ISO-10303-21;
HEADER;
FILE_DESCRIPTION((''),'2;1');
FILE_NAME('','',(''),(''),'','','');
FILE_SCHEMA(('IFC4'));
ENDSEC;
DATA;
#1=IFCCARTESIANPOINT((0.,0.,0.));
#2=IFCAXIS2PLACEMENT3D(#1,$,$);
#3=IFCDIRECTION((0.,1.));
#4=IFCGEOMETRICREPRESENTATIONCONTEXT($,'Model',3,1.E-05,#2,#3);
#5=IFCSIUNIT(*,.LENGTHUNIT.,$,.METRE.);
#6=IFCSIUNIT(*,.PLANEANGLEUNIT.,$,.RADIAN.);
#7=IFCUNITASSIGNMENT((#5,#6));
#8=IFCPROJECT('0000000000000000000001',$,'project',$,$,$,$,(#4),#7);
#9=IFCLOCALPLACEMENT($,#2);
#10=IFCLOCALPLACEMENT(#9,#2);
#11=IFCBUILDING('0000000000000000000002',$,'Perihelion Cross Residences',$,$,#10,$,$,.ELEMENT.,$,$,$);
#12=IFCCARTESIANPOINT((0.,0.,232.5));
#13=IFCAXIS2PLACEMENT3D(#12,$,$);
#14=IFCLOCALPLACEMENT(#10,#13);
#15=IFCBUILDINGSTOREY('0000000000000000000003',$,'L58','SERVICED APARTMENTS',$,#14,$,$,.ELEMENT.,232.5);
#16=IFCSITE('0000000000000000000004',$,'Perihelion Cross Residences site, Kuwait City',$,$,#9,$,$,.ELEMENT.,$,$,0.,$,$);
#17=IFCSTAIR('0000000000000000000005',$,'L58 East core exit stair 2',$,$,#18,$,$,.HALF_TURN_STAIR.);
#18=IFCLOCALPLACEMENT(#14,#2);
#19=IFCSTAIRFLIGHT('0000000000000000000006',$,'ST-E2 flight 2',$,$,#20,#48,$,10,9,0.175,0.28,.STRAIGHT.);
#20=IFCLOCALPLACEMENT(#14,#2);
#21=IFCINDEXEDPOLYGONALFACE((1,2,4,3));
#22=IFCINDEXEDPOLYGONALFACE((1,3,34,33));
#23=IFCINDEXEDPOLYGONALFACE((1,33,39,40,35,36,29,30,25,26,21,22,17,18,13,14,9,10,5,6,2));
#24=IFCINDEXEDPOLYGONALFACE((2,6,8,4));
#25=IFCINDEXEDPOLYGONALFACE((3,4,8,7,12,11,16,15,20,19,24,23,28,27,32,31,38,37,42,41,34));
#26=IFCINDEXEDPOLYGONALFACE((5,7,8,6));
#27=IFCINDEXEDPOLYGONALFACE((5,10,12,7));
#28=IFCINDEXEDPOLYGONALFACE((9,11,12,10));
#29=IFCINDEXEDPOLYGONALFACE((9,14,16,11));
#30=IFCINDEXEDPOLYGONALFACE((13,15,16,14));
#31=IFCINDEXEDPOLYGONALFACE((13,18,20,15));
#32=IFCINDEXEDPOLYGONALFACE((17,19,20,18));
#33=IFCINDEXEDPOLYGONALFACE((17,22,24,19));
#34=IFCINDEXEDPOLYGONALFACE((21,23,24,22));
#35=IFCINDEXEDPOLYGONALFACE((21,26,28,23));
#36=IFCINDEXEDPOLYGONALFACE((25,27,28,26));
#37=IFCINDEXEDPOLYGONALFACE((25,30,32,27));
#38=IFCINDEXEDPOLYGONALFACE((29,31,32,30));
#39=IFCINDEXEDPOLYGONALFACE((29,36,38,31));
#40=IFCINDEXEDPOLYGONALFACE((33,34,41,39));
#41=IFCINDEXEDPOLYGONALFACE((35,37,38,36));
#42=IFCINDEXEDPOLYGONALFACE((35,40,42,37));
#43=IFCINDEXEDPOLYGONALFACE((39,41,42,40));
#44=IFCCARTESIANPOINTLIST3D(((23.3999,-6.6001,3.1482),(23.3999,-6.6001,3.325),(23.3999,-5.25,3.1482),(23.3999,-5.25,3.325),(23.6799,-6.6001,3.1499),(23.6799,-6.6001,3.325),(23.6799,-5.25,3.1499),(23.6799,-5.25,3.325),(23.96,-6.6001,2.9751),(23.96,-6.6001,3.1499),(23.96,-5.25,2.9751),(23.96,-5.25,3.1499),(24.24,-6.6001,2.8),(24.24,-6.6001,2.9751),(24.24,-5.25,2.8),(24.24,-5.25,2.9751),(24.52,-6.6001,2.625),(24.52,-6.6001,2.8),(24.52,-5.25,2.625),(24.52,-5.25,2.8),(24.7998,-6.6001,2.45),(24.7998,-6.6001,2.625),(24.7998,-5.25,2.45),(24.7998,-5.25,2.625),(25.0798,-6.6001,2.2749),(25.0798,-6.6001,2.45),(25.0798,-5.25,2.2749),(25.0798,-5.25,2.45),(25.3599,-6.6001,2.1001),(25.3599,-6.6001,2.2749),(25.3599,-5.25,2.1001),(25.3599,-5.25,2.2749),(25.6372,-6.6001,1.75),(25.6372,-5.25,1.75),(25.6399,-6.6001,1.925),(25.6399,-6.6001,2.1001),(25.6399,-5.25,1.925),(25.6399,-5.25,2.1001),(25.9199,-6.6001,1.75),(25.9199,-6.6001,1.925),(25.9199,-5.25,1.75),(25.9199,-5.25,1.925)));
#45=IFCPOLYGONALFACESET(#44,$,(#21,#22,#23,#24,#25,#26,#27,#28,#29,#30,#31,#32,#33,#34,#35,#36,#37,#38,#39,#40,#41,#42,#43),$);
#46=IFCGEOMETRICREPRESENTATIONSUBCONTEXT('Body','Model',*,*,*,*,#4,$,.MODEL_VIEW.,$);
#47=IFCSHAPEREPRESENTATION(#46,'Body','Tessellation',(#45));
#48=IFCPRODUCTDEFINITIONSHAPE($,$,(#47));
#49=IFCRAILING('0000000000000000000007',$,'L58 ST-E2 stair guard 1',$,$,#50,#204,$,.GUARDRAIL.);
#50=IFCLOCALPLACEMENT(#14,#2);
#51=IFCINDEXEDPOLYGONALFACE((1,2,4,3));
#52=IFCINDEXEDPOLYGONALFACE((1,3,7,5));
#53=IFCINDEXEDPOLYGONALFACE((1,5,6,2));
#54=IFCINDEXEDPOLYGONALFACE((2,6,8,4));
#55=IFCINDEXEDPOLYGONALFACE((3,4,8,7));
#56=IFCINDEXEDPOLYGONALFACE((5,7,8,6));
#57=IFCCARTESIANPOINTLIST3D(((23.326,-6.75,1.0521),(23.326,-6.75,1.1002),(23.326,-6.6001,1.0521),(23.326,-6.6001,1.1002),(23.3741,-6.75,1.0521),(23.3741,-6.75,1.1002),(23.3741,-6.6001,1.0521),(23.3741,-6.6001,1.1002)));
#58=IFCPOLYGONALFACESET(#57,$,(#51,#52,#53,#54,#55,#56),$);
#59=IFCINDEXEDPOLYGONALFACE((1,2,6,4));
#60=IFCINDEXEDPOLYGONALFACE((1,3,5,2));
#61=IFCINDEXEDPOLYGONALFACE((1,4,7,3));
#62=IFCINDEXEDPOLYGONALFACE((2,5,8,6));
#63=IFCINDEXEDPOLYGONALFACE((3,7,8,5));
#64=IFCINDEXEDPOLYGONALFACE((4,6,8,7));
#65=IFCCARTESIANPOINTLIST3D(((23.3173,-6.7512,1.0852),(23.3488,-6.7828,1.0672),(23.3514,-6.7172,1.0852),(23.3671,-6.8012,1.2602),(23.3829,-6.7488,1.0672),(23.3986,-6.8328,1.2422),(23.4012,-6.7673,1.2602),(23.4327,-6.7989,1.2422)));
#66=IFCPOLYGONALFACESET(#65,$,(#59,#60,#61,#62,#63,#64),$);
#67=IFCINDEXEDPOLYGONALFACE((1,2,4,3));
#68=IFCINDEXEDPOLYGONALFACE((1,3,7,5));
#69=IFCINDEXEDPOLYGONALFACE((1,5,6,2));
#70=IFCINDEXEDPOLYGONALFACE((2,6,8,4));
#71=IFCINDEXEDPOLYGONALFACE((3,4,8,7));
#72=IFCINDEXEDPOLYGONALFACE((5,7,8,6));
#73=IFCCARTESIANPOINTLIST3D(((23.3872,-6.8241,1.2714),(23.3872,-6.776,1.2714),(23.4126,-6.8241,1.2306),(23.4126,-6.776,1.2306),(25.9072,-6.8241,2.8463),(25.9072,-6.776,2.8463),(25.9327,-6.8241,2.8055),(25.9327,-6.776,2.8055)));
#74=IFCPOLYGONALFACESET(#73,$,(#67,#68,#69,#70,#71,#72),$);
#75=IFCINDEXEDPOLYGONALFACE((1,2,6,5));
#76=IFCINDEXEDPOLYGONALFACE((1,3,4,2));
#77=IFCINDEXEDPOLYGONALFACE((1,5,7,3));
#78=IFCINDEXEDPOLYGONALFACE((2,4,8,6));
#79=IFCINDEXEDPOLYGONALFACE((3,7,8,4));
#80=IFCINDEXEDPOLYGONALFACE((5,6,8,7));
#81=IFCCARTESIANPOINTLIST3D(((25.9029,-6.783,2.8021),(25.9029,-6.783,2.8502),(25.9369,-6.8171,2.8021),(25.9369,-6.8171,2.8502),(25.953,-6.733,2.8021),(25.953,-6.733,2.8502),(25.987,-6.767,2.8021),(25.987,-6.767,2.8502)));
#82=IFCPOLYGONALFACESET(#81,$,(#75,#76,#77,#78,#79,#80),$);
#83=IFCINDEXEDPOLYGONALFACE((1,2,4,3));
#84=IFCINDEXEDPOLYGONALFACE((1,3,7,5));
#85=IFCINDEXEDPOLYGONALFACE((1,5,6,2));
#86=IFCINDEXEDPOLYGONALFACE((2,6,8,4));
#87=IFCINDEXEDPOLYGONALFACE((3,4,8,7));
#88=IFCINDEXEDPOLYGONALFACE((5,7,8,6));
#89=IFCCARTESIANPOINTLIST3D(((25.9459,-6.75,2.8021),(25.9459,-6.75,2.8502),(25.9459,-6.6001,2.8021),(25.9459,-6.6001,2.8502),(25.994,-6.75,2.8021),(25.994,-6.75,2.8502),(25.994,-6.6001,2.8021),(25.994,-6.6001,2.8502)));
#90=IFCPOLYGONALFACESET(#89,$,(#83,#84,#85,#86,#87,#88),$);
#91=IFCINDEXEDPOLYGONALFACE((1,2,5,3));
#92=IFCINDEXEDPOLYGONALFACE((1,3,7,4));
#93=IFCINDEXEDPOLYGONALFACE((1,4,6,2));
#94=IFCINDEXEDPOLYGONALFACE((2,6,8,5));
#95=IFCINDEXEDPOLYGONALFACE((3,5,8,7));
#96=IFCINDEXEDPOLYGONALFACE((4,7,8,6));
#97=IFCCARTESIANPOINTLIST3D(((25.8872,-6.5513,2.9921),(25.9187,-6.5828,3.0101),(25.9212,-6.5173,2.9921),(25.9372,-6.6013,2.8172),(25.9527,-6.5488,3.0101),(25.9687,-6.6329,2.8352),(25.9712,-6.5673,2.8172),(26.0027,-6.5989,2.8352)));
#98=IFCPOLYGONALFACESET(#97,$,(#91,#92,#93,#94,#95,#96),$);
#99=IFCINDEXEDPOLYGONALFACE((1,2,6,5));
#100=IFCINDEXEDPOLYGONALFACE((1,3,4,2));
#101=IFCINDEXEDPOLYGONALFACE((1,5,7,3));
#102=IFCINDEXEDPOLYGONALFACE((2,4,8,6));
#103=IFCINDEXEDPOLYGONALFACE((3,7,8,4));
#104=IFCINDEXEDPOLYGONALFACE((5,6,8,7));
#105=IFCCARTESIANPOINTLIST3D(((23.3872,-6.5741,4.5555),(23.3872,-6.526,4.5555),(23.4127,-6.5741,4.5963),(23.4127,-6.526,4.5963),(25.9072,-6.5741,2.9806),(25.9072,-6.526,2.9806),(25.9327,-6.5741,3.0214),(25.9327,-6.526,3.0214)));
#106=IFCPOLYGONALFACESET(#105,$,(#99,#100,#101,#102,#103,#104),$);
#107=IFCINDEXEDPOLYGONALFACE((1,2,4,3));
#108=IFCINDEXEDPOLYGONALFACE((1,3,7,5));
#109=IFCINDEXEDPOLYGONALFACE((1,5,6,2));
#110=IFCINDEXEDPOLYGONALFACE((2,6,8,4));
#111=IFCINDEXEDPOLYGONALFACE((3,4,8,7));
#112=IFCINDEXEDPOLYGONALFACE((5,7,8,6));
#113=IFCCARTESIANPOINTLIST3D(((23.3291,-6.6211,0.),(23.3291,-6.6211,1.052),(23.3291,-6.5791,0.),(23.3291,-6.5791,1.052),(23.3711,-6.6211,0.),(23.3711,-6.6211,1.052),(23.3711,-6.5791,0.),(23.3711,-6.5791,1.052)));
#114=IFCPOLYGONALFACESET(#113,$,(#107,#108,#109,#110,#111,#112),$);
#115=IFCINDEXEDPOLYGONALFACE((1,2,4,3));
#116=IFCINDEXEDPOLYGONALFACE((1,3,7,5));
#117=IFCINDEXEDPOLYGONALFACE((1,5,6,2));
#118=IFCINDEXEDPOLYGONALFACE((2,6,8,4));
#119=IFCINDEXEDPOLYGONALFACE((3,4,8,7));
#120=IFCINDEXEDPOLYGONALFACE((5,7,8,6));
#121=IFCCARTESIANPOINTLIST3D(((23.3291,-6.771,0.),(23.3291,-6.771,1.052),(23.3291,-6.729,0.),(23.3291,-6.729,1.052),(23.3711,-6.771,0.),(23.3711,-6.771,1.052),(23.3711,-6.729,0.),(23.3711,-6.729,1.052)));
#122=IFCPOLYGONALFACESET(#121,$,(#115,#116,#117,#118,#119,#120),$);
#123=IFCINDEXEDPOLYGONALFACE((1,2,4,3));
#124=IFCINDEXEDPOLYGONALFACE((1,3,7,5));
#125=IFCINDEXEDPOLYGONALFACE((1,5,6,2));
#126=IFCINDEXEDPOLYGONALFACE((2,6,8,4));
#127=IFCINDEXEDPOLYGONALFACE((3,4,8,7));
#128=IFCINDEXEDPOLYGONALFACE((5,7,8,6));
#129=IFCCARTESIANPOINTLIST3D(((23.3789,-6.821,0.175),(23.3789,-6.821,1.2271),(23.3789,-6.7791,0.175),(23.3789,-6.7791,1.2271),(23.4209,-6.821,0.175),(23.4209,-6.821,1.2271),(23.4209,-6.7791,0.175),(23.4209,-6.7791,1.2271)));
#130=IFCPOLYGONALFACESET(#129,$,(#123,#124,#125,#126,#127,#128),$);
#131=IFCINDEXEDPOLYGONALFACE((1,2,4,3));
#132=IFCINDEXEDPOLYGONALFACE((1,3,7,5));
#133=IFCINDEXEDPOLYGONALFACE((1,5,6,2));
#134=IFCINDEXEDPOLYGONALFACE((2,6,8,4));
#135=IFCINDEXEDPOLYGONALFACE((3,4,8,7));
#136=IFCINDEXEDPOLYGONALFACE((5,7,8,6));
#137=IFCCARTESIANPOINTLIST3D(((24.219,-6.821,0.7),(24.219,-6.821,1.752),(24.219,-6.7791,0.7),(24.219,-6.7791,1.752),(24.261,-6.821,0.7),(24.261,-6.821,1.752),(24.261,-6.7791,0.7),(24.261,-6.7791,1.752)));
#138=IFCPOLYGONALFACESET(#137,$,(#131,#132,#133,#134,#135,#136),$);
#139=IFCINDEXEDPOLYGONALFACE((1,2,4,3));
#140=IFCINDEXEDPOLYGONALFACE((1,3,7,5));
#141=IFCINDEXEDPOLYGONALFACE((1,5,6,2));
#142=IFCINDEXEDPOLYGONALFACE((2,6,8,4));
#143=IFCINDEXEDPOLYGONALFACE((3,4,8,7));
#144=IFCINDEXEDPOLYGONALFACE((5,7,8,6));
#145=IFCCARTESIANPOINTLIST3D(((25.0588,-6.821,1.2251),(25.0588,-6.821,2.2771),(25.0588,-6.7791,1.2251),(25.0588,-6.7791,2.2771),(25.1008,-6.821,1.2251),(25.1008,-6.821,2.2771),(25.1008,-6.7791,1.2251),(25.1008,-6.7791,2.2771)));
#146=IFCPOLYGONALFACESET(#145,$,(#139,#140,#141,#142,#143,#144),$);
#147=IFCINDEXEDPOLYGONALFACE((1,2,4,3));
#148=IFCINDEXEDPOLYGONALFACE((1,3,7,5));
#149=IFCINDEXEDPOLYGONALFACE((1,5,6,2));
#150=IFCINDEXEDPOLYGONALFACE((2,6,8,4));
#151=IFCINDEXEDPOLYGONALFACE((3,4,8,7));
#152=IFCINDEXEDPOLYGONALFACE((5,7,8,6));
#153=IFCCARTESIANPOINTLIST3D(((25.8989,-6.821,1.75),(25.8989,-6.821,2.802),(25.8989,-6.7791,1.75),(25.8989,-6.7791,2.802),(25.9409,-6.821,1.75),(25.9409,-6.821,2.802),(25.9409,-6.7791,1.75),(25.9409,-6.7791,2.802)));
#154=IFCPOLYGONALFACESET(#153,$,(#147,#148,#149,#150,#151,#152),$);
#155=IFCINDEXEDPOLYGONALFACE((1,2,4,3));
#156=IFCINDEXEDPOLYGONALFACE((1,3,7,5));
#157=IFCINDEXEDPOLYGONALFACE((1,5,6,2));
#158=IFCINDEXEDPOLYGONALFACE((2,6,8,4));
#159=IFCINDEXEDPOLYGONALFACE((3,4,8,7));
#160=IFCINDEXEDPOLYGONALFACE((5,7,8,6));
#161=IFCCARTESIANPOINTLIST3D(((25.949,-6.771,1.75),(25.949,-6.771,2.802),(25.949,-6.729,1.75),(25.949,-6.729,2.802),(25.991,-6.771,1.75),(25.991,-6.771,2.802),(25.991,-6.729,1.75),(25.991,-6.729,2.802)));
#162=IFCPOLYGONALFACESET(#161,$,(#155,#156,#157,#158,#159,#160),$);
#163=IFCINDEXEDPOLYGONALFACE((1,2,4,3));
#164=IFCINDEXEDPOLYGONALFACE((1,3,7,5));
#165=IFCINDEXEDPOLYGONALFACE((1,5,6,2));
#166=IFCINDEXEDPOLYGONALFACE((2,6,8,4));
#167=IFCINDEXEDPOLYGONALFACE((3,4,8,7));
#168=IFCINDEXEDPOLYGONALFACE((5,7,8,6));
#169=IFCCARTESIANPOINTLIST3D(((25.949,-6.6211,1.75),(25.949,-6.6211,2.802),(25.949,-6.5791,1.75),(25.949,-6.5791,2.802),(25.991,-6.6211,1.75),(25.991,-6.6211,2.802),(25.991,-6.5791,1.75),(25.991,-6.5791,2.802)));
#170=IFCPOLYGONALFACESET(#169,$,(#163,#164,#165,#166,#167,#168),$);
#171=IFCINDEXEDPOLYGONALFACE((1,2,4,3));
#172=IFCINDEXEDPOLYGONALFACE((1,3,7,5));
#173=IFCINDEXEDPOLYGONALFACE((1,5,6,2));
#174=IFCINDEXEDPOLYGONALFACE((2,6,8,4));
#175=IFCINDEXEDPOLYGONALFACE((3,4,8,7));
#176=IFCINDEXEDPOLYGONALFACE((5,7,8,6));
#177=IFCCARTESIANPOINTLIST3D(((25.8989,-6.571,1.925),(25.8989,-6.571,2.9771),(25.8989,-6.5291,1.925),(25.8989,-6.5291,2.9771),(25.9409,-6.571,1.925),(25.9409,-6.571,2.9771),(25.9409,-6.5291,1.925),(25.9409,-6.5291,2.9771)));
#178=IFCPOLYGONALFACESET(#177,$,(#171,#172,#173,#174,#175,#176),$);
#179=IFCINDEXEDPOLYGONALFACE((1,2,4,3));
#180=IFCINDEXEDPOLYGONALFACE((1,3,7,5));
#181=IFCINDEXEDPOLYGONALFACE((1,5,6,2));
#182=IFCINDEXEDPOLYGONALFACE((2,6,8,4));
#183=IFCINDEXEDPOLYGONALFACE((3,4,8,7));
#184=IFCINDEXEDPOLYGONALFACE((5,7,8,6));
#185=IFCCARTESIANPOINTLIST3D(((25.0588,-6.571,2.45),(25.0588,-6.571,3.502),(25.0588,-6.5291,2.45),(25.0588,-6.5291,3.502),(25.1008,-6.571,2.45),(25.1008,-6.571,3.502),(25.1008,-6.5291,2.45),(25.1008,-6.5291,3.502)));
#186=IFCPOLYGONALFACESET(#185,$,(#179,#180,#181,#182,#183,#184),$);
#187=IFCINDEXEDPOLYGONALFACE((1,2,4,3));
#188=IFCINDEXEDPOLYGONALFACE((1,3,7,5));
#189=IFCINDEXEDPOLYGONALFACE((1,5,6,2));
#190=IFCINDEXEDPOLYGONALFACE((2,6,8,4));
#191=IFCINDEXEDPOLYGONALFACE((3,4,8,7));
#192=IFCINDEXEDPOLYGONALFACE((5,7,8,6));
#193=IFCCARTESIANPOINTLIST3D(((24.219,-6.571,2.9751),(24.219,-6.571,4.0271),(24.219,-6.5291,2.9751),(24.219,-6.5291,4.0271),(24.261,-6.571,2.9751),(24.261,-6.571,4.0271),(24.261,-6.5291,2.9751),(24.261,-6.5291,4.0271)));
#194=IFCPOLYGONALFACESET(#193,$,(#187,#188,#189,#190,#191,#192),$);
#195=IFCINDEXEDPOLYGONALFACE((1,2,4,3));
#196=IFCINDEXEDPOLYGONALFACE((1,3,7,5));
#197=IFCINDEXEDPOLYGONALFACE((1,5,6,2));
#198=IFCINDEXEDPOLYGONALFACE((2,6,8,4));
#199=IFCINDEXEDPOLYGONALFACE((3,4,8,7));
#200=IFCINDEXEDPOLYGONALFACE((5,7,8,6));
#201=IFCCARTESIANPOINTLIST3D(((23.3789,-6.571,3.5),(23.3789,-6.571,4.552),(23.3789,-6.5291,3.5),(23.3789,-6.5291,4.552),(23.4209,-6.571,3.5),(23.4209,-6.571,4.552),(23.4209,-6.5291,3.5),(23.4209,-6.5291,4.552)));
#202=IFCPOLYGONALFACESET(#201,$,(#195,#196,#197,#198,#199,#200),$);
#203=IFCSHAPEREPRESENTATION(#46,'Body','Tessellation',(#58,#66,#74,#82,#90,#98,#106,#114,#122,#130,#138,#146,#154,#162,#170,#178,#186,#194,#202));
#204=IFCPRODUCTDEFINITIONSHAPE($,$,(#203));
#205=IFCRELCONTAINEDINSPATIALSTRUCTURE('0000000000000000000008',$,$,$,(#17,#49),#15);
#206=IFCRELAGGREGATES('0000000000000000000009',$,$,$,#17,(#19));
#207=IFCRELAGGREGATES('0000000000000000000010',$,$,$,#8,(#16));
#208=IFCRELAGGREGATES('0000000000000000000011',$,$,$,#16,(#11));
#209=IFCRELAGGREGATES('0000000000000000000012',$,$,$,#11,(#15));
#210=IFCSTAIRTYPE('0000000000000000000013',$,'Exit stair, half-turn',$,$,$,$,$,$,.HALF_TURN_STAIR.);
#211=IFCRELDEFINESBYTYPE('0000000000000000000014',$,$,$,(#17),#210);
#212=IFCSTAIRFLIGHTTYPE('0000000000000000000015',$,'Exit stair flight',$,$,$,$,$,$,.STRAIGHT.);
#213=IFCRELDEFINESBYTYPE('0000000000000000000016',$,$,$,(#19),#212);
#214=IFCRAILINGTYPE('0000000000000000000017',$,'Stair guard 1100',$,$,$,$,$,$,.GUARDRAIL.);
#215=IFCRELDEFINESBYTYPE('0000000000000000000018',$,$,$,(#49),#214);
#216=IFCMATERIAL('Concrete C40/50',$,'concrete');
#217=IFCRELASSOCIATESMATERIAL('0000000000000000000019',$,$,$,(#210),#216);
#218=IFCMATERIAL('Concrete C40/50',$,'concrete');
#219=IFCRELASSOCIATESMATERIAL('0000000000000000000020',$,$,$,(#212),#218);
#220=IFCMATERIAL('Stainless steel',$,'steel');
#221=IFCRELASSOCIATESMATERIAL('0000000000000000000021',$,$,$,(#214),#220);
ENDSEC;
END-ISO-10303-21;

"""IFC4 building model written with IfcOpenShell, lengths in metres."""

from ifc_helpers import new_model, si_unit, direction, frame, origin, origin_2d, place, context, subcontext, project, spatial, polyline, rectangle, outline, extrude, material, type_object, element, aggregate, save


model = new_model("IFC4")

# Units and contexts
model_context = context("Model", 3, precision=1e-05, world=origin(), true_north=direction((0.0, 1.0)))
body_context = subcontext(model_context, "Body", "Model", "MODEL_VIEW")
ifc_project = project(units=[si_unit("LENGTHUNIT", "METRE"), si_unit("PLANEANGLEUNIT", "RADIAN")], contexts=[model_context])

# Site, building, storey
site_placement = place(None, origin())
site = spatial("IfcSite", under=ifc_project, at=site_placement, Name="Perihelion Cross Residences site, Kuwait City", CompositionType="ELEMENT", RefElevation=0.0)
building_placement = place(site_placement, origin())
building = spatial("IfcBuilding", under=site, at=building_placement, Name="Perihelion Cross Residences", CompositionType="ELEMENT")
storey_placement = place(building_placement, frame((0.0, 0.0, 232.5)))
storey = spatial("IfcBuildingStorey", under=building, at=storey_placement, Name="L58", Description="SERVICED APARTMENTS", CompositionType="ELEMENT", Elevation=232.5)

# Stair, stair flight
ifc_material_1 = material(Name="Concrete C40/50", Category="concrete")
stair_type = type_object("IfcStairType", Name="Exit stair, half-turn", PredefinedType="HALF_TURN_STAIR", material=ifc_material_1)
stair_placement = place(storey_placement, origin())
stair = element("IfcStair", 1, at=stair_placement, inside=storey, type_object=stair_type, Name="L58 East core exit stair 2", PredefinedType="HALF_TURN_STAIR")
ifc_material_2 = material(Name="Concrete C40/50", Category="concrete")
stair_flight_type = type_object("IfcStairFlightType", Name="Exit stair flight", PredefinedType="STRAIGHT", material=ifc_material_2)
stair_flight_1_placement = place(storey_placement, frame((25.9199, -5.925, 1.75), z_axis=(0.0, 0.0, 1.0), x_axis=(-1.0, 0.0, 0.0)))
stair_flight_1 = element("IfcStairFlight", 2, at=stair_flight_1_placement, type_object=stair_flight_type, Name="ST-E2 flight 2", NumberOfRisers=10, NumberOfTreads=9, PredefinedType="STRAIGHT", RiserHeight=0.175, TreadLength=0.28, context=body_context, shape_type="SweptSolid", body=[
    extrude(outline(polyline([(0.0, 0.0), (0.0, 0.175), (0.28, 0.175), (0.28, 0.3501), (0.5601, 0.3501), (0.5601, 0.5249), (0.8401, 0.5249), (0.8401, 0.7), (1.1201, 0.7), (1.1201, 0.875), (1.3999, 0.875), (1.3999, 1.05), (1.6799, 1.05), (1.6799, 1.2251), (1.96, 1.2251), (1.96, 1.3999), (2.24, 1.3999), (2.24, 1.575), (2.52, 1.575), (2.52, 1.75), (2.52, 1.3982), (0.2827, 0.0), (0.0, 0.0)])), frame((0.0, 0.675, 0.0), z_axis=(0.0, -1.0, 0.0), x_axis=(1.0, 0.0, 0.0)), (0.0, 0.0, 1.0), 1.3501),
])
aggregate(stair, [stair_flight_1])

# Railing
ifc_material_3 = material(Name="Stainless steel", Category="steel")
railing_type_1 = type_object("IfcRailingType", Name="Stair guard 1100", PredefinedType="GUARDRAIL", material=ifc_material_3)
railing_1_placement = place(storey_placement, frame((23.3501, -6.6001, 0.0)))
element("IfcRailing", 3, at=railing_1_placement, inside=storey, type_object=railing_type_1, Name="L58 ST-E2 stair guard 1", PredefinedType="GUARDRAIL", context=body_context, shape_type="SweptSolid", body=[
    extrude(rectangle(XDim=0.0481, YDim=0.0481, at=origin_2d()), frame((0.0, 0.0, 1.0762), z_axis=(0.0, -1.0, 0.0), x_axis=(1.0, 0.0, 0.0)), (0.0, 0.0, 1.0), 0.1499),
    extrude(rectangle(XDim=0.0481, YDim=0.0481, at=origin_2d()), frame((0.0, -0.1499, 1.0762), z_axis=(0.263862, -0.265156, 0.927399), x_axis=(0.708834, 0.705376, 0.0)), (0.0, 0.0, 1.0), 0.1887),
    extrude(rectangle(XDim=0.0481, YDim=0.0481, at=origin_2d()), frame((0.0498, -0.2, 1.251), z_axis=(0.848008, 0.0, 0.529984), x_axis=(0.0, 1.0, 0.0)), (0.0, 0.0, 1.0), 2.9717),
    extrude(rectangle(XDim=0.0481, YDim=0.0481, at=origin_2d()), frame((2.5698, -0.2, 2.8262), z_axis=(0.707107, 0.707107, 0.0), x_axis=(-0.707107, 0.707107, 0.0)), (0.0, 0.0, 1.0), 0.0708),
    extrude(rectangle(XDim=0.0481, YDim=0.0481, at=origin_2d()), frame((2.6199, -0.1499, 2.8262), z_axis=(0.0, 1.0, 0.0), x_axis=(-1.0, 0.0, 0.0)), (0.0, 0.0, 1.0), 0.1499),
    extrude(rectangle(XDim=0.0481, YDim=0.0481, at=origin_2d()), frame((2.6199, 0.0, 2.8262), z_axis=(-0.265065, 0.265065, 0.927082), x_axis=(-0.707107, -0.707107, 0.0)), (0.0, 0.0, 1.0), 0.1887),
    extrude(rectangle(XDim=0.0481, YDim=0.0481, at=origin_2d()), frame((2.5698, 0.05, 3.001), z_axis=(-0.848008, 0.0, 0.529984), x_axis=(0.0, -1.0, 0.0)), (0.0, 0.0, 1.0), 2.9717),
    extrude(rectangle(XDim=0.042, YDim=0.042, at=origin_2d()), origin(), (0.0, 0.0, 1.0), 1.052),
    extrude(rectangle(XDim=0.042, YDim=0.042, at=origin_2d()), frame((0.0, -0.1499, 0.0)), (0.0, 0.0, 1.0), 1.052),
    extrude(rectangle(XDim=0.042, YDim=0.042, at=origin_2d()), frame((0.0498, -0.2, 0.175)), (0.0, 0.0, 1.0), 1.052),
    extrude(rectangle(XDim=0.042, YDim=0.042, at=origin_2d()), frame((0.8899, -0.2, 0.7)), (0.0, 0.0, 1.0), 1.052),
    extrude(rectangle(XDim=0.042, YDim=0.042, at=origin_2d()), frame((1.7297, -0.2, 1.2251)), (0.0, 0.0, 1.0), 1.052),
    extrude(rectangle(XDim=0.042, YDim=0.042, at=origin_2d()), frame((2.5698, -0.2, 1.75)), (0.0, 0.0, 1.0), 1.052),
    extrude(rectangle(XDim=0.042, YDim=0.042, at=origin_2d()), frame((2.6199, -0.1499, 1.75)), (0.0, 0.0, 1.0), 1.052),
    extrude(rectangle(XDim=0.042, YDim=0.042, at=origin_2d()), frame((2.6199, 0.0, 1.75)), (0.0, 0.0, 1.0), 1.052),
    extrude(rectangle(XDim=0.042, YDim=0.042, at=origin_2d()), frame((2.5698, 0.05, 1.925)), (0.0, 0.0, 1.0), 1.052),
    extrude(rectangle(XDim=0.042, YDim=0.042, at=origin_2d()), frame((1.7297, 0.05, 2.45)), (0.0, 0.0, 1.0), 1.052),
    extrude(rectangle(XDim=0.042, YDim=0.042, at=origin_2d()), frame((0.8899, 0.05, 2.9751)), (0.0, 0.0, 1.0), 1.052),
    extrude(rectangle(XDim=0.042, YDim=0.042, at=origin_2d()), frame((0.0498, 0.05, 3.5)), (0.0, 0.0, 1.0), 1.052),
])

save(model, "model.ifc")
